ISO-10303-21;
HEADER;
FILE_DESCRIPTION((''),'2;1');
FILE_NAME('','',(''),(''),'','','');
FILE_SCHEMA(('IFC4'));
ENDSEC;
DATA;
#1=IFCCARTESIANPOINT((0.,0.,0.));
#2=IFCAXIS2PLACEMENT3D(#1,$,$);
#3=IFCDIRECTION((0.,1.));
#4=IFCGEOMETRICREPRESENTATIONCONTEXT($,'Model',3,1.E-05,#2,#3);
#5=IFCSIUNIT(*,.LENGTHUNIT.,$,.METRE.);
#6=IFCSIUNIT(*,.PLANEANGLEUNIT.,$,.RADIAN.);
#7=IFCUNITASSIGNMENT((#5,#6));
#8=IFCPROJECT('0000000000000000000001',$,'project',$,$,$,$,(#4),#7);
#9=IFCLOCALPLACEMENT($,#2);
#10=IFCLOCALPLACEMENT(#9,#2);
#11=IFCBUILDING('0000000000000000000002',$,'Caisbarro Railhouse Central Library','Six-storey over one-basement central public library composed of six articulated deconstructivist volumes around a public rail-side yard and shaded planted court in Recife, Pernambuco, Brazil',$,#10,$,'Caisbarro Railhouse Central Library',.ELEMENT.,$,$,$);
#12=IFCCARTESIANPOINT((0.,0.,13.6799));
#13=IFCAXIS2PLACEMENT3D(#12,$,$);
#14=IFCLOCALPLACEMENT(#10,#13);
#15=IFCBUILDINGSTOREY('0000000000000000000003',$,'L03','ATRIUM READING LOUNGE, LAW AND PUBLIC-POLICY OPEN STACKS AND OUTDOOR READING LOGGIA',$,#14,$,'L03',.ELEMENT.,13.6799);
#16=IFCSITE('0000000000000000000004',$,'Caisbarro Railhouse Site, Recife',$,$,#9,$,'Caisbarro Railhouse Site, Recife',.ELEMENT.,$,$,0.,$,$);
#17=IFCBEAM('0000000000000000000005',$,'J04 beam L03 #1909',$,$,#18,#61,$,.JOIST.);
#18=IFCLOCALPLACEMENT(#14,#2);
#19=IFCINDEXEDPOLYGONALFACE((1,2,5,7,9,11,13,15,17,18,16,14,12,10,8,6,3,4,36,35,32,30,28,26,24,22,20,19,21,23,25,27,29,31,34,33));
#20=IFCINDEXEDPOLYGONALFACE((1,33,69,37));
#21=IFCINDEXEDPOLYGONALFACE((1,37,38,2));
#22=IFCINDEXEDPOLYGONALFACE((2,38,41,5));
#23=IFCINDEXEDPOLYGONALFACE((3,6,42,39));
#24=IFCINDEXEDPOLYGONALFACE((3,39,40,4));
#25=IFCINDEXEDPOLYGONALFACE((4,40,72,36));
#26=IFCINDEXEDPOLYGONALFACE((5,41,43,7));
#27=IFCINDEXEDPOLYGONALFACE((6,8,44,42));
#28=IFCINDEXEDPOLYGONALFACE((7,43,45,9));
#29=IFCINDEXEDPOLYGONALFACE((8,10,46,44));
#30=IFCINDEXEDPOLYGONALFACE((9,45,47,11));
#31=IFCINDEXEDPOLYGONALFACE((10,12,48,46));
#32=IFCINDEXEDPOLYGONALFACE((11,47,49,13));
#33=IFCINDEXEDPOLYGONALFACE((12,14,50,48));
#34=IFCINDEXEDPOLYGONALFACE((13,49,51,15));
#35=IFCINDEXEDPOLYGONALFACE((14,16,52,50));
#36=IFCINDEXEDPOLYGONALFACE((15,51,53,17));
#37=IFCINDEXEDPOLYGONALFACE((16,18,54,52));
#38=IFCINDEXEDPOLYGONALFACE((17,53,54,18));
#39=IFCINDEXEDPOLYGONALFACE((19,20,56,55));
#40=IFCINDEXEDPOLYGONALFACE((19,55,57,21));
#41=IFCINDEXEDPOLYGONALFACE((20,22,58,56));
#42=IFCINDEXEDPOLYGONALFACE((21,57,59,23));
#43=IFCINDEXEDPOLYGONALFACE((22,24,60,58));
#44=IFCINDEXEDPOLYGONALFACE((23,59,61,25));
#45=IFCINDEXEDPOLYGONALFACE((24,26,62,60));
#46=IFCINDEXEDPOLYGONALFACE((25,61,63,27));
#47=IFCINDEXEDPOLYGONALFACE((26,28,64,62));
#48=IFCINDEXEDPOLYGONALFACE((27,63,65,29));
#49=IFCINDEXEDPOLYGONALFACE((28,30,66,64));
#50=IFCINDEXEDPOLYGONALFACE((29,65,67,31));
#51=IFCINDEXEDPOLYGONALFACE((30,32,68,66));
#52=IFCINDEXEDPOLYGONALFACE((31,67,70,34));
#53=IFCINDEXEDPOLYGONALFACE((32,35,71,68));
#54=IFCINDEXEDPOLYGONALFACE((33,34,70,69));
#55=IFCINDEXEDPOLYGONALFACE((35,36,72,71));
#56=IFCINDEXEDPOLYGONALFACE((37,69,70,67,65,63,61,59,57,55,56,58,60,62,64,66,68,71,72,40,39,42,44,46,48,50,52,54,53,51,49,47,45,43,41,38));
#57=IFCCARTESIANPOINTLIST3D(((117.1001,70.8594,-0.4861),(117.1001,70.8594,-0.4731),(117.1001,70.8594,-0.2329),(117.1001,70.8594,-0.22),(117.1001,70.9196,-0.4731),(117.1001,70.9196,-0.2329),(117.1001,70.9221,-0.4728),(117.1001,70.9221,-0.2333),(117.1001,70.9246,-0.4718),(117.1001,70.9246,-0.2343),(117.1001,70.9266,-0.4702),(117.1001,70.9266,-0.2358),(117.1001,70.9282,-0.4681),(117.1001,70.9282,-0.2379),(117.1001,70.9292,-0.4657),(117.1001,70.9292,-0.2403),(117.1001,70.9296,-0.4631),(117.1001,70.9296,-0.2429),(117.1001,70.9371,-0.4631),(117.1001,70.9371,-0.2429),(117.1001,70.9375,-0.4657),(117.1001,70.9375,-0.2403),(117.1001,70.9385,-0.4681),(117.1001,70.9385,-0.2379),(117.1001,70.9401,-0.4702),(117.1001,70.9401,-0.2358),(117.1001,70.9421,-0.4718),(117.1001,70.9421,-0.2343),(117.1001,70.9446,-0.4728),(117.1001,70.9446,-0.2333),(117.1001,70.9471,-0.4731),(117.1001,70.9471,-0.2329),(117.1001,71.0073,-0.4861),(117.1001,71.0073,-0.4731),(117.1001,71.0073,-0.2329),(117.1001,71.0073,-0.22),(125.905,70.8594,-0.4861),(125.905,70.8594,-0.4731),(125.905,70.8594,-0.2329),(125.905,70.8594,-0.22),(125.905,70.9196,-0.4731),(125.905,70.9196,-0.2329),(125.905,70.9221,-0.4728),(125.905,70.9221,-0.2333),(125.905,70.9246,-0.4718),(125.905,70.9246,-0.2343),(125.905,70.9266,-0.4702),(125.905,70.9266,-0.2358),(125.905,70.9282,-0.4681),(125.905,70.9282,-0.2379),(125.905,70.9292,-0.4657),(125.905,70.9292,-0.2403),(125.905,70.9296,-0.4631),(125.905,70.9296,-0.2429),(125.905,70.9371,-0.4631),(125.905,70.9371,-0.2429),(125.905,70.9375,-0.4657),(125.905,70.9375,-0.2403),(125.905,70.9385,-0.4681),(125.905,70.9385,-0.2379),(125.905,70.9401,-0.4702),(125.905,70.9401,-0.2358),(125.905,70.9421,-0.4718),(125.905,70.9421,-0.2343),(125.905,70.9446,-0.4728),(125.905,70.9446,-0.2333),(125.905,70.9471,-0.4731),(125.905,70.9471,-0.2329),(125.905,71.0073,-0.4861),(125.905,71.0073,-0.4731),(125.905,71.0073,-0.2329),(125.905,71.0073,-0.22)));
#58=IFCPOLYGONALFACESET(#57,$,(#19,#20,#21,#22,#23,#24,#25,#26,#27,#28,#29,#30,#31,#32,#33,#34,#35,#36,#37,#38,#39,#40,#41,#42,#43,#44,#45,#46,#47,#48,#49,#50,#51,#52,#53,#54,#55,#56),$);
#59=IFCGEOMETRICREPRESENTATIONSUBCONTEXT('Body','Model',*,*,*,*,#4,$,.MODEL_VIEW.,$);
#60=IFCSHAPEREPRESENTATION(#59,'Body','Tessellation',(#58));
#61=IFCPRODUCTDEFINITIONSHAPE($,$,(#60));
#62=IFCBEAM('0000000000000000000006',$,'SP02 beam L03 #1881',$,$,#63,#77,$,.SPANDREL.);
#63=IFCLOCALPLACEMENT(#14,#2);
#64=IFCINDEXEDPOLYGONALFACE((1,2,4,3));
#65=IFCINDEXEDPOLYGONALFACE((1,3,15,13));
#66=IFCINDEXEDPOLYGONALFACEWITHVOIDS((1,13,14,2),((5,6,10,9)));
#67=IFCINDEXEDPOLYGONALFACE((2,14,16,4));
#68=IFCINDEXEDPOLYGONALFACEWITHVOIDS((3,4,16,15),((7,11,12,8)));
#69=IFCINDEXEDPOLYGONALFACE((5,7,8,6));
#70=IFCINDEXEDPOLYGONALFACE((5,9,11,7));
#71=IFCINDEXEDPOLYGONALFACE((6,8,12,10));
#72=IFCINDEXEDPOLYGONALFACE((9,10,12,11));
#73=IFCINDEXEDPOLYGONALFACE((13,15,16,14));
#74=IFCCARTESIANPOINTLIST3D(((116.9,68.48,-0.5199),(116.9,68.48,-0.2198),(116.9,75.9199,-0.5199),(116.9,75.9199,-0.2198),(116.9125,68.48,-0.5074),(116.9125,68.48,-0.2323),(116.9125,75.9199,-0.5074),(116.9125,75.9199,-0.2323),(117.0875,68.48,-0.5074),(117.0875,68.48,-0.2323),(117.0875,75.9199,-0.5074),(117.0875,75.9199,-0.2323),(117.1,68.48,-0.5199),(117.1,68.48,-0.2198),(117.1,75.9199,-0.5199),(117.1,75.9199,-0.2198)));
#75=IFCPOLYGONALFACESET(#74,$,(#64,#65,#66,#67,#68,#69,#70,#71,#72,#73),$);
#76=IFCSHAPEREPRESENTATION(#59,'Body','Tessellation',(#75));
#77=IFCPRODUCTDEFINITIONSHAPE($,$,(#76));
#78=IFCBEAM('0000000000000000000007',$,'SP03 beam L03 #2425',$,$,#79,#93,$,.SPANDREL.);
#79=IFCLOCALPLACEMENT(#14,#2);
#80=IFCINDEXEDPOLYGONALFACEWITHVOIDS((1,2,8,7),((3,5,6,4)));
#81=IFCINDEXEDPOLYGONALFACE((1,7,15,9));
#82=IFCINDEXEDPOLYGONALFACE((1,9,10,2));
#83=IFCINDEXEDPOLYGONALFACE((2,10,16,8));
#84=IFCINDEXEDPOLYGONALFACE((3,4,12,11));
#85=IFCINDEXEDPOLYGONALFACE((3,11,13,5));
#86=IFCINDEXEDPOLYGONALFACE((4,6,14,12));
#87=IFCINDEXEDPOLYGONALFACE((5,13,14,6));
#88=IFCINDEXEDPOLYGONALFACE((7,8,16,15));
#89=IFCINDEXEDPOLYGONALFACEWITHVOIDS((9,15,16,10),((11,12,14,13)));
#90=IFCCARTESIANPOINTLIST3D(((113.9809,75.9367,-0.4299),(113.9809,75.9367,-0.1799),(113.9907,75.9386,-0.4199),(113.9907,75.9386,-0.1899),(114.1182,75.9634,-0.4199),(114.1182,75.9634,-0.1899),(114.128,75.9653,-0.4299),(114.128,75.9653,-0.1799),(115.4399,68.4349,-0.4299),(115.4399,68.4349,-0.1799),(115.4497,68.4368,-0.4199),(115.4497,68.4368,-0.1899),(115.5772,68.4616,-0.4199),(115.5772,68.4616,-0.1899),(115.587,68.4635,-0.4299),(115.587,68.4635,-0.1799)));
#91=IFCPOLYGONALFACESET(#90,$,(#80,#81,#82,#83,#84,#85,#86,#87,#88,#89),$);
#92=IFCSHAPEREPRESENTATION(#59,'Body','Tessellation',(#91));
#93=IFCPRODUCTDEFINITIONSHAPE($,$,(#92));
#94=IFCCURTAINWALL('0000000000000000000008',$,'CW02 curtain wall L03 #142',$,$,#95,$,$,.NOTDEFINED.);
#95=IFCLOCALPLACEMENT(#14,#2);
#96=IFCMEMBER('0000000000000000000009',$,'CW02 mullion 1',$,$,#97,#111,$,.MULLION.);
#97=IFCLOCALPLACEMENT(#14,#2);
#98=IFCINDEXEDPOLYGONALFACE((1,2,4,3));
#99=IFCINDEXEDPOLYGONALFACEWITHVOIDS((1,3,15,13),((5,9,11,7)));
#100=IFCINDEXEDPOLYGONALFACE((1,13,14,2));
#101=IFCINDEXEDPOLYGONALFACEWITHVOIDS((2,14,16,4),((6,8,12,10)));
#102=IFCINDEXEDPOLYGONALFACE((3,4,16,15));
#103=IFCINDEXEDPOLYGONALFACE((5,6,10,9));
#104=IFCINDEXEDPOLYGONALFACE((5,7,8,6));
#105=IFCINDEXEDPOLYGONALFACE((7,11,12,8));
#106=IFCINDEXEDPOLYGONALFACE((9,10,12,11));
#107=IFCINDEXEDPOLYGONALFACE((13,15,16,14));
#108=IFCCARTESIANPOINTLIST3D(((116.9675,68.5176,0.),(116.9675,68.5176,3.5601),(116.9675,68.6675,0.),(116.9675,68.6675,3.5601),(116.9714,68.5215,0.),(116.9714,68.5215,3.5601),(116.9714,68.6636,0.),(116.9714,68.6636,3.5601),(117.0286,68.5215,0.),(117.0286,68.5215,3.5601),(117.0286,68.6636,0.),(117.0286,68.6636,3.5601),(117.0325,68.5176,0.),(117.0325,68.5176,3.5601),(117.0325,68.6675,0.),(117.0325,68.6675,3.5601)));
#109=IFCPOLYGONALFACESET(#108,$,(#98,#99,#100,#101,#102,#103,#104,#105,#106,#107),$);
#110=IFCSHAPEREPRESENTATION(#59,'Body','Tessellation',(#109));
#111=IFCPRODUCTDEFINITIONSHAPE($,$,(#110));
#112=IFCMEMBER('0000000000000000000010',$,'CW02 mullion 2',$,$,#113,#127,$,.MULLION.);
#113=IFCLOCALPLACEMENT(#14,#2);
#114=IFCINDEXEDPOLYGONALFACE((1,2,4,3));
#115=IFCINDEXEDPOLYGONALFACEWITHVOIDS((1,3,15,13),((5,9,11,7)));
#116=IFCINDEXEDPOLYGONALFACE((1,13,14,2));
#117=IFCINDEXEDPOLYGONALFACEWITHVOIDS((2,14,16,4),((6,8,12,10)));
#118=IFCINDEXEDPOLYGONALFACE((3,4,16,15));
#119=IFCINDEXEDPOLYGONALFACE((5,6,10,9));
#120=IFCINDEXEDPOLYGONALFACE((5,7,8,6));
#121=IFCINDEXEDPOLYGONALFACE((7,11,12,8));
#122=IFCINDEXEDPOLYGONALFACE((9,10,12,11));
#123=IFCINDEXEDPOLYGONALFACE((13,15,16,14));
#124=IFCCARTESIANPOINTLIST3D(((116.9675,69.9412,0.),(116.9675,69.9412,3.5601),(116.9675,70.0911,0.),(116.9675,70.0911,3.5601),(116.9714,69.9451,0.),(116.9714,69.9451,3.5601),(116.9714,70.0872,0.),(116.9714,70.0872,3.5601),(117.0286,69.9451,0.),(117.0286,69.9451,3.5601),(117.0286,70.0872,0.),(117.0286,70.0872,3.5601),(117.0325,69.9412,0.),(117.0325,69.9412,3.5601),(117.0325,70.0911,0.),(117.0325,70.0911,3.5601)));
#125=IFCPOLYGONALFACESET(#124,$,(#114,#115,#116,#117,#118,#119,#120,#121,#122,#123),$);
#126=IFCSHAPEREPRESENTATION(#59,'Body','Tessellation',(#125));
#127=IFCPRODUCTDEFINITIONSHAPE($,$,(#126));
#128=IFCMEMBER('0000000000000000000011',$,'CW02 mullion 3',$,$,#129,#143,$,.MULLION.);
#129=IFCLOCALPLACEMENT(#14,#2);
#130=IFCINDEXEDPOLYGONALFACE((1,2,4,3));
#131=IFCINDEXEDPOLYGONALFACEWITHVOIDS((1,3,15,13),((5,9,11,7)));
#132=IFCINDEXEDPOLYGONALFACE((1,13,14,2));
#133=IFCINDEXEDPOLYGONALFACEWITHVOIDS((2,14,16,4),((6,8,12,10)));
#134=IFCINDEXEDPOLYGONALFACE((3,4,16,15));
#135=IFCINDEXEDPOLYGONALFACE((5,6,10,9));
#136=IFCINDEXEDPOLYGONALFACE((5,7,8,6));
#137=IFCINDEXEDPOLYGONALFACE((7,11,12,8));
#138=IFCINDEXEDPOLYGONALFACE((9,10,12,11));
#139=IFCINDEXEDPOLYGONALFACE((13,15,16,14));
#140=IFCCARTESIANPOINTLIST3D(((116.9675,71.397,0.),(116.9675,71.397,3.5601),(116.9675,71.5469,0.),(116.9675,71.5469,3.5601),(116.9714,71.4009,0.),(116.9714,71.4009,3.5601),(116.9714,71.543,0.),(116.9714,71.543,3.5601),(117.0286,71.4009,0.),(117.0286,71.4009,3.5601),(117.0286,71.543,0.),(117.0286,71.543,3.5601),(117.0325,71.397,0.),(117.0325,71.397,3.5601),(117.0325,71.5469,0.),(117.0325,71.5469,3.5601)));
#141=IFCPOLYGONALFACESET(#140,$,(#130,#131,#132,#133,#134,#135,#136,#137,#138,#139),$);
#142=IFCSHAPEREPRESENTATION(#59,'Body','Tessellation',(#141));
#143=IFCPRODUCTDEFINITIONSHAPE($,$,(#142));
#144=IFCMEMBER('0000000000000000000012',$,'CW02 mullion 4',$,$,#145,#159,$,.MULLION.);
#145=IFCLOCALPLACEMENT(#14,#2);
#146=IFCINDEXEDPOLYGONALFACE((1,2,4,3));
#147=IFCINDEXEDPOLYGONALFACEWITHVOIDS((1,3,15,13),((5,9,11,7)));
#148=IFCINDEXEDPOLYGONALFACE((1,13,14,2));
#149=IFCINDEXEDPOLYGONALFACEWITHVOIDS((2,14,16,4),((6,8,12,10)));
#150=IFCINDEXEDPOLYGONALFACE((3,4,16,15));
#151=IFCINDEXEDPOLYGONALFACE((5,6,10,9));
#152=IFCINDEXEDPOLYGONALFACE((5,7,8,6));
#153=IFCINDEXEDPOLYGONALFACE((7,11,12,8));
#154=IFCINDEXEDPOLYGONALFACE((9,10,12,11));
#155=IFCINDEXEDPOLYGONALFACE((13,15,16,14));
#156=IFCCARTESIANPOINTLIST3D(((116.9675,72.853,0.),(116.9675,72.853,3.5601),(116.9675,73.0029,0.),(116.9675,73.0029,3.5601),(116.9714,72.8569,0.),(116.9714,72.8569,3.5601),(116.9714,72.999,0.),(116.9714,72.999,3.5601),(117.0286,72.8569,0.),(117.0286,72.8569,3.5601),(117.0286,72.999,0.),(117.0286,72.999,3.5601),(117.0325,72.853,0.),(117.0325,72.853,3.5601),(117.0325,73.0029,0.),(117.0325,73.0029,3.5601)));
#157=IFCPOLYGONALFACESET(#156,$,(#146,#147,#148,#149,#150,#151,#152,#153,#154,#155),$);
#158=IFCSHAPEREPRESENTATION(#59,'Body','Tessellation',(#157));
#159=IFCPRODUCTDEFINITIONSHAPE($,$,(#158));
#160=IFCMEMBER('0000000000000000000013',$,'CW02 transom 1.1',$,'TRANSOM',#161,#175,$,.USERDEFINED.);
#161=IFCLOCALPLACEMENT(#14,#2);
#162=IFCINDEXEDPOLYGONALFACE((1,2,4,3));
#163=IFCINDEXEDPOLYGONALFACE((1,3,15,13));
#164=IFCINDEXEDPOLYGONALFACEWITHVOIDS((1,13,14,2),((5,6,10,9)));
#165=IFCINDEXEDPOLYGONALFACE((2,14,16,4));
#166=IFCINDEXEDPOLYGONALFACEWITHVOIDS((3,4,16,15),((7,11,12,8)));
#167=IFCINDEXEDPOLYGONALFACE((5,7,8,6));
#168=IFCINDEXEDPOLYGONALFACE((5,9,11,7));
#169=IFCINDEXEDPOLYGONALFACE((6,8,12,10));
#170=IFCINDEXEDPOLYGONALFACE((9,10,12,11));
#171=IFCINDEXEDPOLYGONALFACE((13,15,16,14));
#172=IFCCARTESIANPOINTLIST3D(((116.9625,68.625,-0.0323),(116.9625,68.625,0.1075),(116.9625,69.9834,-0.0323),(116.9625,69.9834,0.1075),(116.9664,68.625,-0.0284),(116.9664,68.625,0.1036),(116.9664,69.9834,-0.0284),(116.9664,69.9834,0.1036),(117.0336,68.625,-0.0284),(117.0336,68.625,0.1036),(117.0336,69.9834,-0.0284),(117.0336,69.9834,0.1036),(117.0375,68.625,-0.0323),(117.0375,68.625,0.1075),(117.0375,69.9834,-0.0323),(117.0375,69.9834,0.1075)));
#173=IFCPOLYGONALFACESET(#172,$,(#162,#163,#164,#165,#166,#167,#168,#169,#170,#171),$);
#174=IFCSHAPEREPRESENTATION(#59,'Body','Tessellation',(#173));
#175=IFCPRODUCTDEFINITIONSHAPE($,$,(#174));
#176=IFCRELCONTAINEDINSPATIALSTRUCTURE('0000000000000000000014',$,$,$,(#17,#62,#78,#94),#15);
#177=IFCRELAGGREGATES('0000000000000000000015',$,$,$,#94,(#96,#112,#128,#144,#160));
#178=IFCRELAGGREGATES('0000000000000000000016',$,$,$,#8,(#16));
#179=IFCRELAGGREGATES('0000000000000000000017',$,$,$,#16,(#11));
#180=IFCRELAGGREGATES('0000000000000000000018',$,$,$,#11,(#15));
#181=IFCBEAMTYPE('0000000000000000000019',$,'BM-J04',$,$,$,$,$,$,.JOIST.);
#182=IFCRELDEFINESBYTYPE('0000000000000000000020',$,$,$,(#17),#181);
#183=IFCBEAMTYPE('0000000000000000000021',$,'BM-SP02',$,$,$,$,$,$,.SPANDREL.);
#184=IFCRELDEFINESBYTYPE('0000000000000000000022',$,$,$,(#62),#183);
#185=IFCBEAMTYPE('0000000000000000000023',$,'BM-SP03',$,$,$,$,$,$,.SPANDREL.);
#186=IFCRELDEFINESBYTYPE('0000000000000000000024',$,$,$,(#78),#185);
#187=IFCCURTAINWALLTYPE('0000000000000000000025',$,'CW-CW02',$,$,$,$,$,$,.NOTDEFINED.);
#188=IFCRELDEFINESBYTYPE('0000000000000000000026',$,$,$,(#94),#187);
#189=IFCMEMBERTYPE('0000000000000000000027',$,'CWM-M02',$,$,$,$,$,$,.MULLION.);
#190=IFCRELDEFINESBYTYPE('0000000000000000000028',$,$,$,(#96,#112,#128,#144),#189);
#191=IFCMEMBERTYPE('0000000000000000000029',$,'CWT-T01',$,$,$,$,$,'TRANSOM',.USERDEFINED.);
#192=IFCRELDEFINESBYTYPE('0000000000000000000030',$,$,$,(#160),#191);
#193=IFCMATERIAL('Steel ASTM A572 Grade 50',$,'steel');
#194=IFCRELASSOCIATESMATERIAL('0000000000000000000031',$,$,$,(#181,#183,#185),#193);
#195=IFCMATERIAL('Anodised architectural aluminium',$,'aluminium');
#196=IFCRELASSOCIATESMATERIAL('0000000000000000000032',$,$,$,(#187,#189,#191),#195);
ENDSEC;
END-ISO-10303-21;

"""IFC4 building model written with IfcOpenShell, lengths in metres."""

from ifc_helpers import new_model, si_unit, direction, frame, origin, origin_2d, place, context, subcontext, project, spatial, hollow_rectangle, i_section, extrude, material, material_profile, profile_set, type_object, element, aggregate, save


model = new_model("IFC4")

# Units and contexts
model_context = context("Model", 3, precision=1e-05, world=origin(), true_north=direction((0.0, 1.0)))
body_context = subcontext(model_context, "Body", "Model", "MODEL_VIEW")
ifc_project = project(units=[si_unit("LENGTHUNIT", "METRE"), si_unit("PLANEANGLEUNIT", "RADIAN")], contexts=[model_context])

# Site, building, storey
site_placement = place(None, origin())
site = spatial("IfcSite", under=ifc_project, at=site_placement, Name="Caisbarro Railhouse Site, Recife", LongName="Caisbarro Railhouse Site, Recife", CompositionType="ELEMENT", RefElevation=0.0)
building_placement = place(site_placement, origin())
building = spatial("IfcBuilding", under=site, at=building_placement, Name="Caisbarro Railhouse Central Library", Description="Six-storey over one-basement central public library composed of six articulated deconstructivist volumes around a public rail-side yard and shaded planted court in Recife, Pernambuco, Brazil", LongName="Caisbarro Railhouse Central Library", CompositionType="ELEMENT")
storey_placement = place(building_placement, frame((0.0, 0.0, 13.6799)))
storey = spatial("IfcBuildingStorey", under=building, at=storey_placement, Name="L03", Description="ATRIUM READING LOUNGE, LAW AND PUBLIC-POLICY OPEN STACKS AND OUTDOOR READING LOGGIA", LongName="L03", CompositionType="ELEMENT", Elevation=13.6799)

# Beams
ifc_material_1 = material(Name="Steel ASTM A572 Grade 50", Category="steel")
ifc_material_profile_1 = material_profile(ifc_material_1, i_section(OverallWidth=0.1479, OverallDepth=0.2661, WebThickness=0.0076, FlangeThickness=0.0129, FilletRadius=0.01, at=origin_2d()), Name="W250X44.8")
ifc_profile_set_1 = profile_set([ifc_material_profile_1], Name="Steel ASTM A572 Grade 50")
beam_type_1 = type_object("IfcBeamType", Name="BM-J04", PredefinedType="JOIST", material=ifc_profile_set_1)
beam_1_placement = place(storey_placement, frame((117.1001, 70.9333, -0.353), z_axis=(1.0, 0.0, 0.0), x_axis=(0.0, 1.0, 0.0)))
element("IfcBeam", 1, at=beam_1_placement, inside=storey, type_object=beam_type_1, Name="J04 beam L03 #1909", PredefinedType="JOIST", context=body_context, shape_type="SweptSolid", body=[
    extrude(i_section(OverallWidth=0.1479, OverallDepth=0.2661, WebThickness=0.0076, FlangeThickness=0.0129, FilletRadius=0.01, at=origin_2d()), origin(), (0.0, 0.0, 1.0), 8.8049),
])
ifc_material_profile_2 = material_profile(ifc_material_1, hollow_rectangle(XDim=0.2, YDim=0.3, WallThickness=0.0125, at=origin_2d()), Name="HSS300X200X12.5")
ifc_profile_set_2 = profile_set([ifc_material_profile_2], Name="Steel ASTM A572 Grade 50")
beam_type_2 = type_object("IfcBeamType", Name="BM-SP02", PredefinedType="SPANDREL", material=ifc_profile_set_2)
beam_2_placement = place(storey_placement, frame((117.0, 68.48, -0.3699), z_axis=(0.0, 1.0, 0.0), x_axis=(-1.0, 0.0, 0.0)))
element("IfcBeam", 2, at=beam_2_placement, inside=storey, type_object=beam_type_2, Name="SP02 beam L03 #1881", PredefinedType="SPANDREL", context=body_context, shape_type="SweptSolid", body=[
    extrude(hollow_rectangle(XDim=0.2, YDim=0.3, WallThickness=0.0125, at=origin_2d()), origin(), (0.0, 0.0, 1.0), 7.4399),
])
ifc_material_profile_3 = material_profile(ifc_material_1, hollow_rectangle(XDim=0.1499, YDim=0.25, WallThickness=0.01, at=origin_2d()), Name="HSS250X150X10")
ifc_profile_set_3 = profile_set([ifc_material_profile_3], Name="Steel ASTM A572 Grade 50")
beam_type_3 = type_object("IfcBeamType", Name="BM-SP03", PredefinedType="SPANDREL", material=ifc_profile_set_3)
beam_3_placement = place(storey_placement, frame((115.5134, 68.4492, -0.3049), z_axis=(-0.19091, 0.981608, 0.0), x_axis=(-0.981608, -0.19091, 0.0)))
element("IfcBeam", 3, at=beam_3_placement, inside=storey, type_object=beam_type_3, Name="SP03 beam L03 #2425", PredefinedType="SPANDREL", context=body_context, shape_type="SweptSolid", body=[
    extrude(hollow_rectangle(XDim=0.1499, YDim=0.25, WallThickness=0.01, at=origin_2d()), origin(), (0.0, 0.0, 1.0), 7.6423),
])

# Curtain wall, members
ifc_material_2 = material(Name="Anodised architectural aluminium", Category="aluminium")
curtain_wall_type = type_object("IfcCurtainWallType", Name="CW-CW02", PredefinedType="NOTDEFINED", material=ifc_material_2)
curtain_wall_placement = place(storey_placement, origin())
curtain_wall = element("IfcCurtainWall", 4, at=curtain_wall_placement, inside=storey, type_object=curtain_wall_type, Name="CW02 curtain wall L03 #142", PredefinedType="NOTDEFINED")
ifc_material_profile_4 = material_profile(ifc_material_2, hollow_rectangle(XDim=0.0649, YDim=0.1499, WallThickness=0.0039, at=origin_2d()), Name="ALU-MUL-65X150")
ifc_profile_set_4 = profile_set([ifc_material_profile_4], Name="Anodised architectural aluminium")
member_type_1 = type_object("IfcMemberType", Name="CWM-M02", PredefinedType="MULLION", material=ifc_profile_set_4)
member_1_placement = place(storey_placement, frame((117.0, 68.5925, 0.0), z_axis=(0.0, 0.0, 1.0), x_axis=(-1.0, 0.0, 0.0)))
member_1 = element("IfcMember", 5, at=member_1_placement, type_object=member_type_1, Name="CW02 mullion 1", PredefinedType="MULLION", context=body_context, shape_type="SweptSolid", body=[
    extrude(hollow_rectangle(XDim=0.0649, YDim=0.1499, WallThickness=0.0039, at=origin_2d()), origin(), (0.0, 0.0, 1.0), 3.5601),
])
member_2_placement = place(storey_placement, frame((117.0, 70.0161, 0.0), z_axis=(0.0, 0.0, 1.0), x_axis=(-1.0, 0.0, 0.0)))
member_2 = element("IfcMember", 6, at=member_2_placement, type_object=member_type_1, Name="CW02 mullion 2", PredefinedType="MULLION", context=body_context, shape_type="SweptSolid", body=[
    extrude(hollow_rectangle(XDim=0.0649, YDim=0.1499, WallThickness=0.0039, at=origin_2d()), origin(), (0.0, 0.0, 1.0), 3.5601),
])
member_3_placement = place(storey_placement, frame((117.0, 71.4719, 0.0), z_axis=(0.0, 0.0, 1.0), x_axis=(-1.0, 0.0, 0.0)))
member_3 = element("IfcMember", 7, at=member_3_placement, type_object=member_type_1, Name="CW02 mullion 3", PredefinedType="MULLION", context=body_context, shape_type="SweptSolid", body=[
    extrude(hollow_rectangle(XDim=0.0649, YDim=0.1499, WallThickness=0.0039, at=origin_2d()), origin(), (0.0, 0.0, 1.0), 3.5601),
])
member_4_placement = place(storey_placement, frame((117.0, 72.928, 0.0), z_axis=(0.0, 0.0, 1.0), x_axis=(-1.0, 0.0, 0.0)))
member_4 = element("IfcMember", 8, at=member_4_placement, type_object=member_type_1, Name="CW02 mullion 4", PredefinedType="MULLION", context=body_context, shape_type="SweptSolid", body=[
    extrude(hollow_rectangle(XDim=0.0649, YDim=0.1499, WallThickness=0.0039, at=origin_2d()), origin(), (0.0, 0.0, 1.0), 3.5601),
])
ifc_material_profile_5 = material_profile(ifc_material_2, hollow_rectangle(XDim=0.075, YDim=0.1399, WallThickness=0.0039, at=origin_2d()), Name="ALU-TRN-75X140")
ifc_profile_set_5 = profile_set([ifc_material_profile_5], Name="Anodised architectural aluminium")
member_type_2 = type_object("IfcMemberType", Name="CWT-T01", ElementType="TRANSOM", PredefinedType="USERDEFINED", material=ifc_profile_set_5)
member_5_placement = place(storey_placement, frame((117.0, 68.625, 0.0376), z_axis=(0.0, 1.0, 0.0), x_axis=(-1.0, 0.0, 0.0)))
member_5 = element("IfcMember", 9, at=member_5_placement, type_object=member_type_2, Name="CW02 transom 1.1", ObjectType="TRANSOM", PredefinedType="USERDEFINED", context=body_context, shape_type="SweptSolid", body=[
    extrude(hollow_rectangle(XDim=0.075, YDim=0.1399, WallThickness=0.0039, at=origin_2d()), origin(), (0.0, 0.0, 1.0), 1.3584),
])
aggregate(curtain_wall, [member_1, member_2, member_3, member_4, member_5])

save(model, "model.ifc")
